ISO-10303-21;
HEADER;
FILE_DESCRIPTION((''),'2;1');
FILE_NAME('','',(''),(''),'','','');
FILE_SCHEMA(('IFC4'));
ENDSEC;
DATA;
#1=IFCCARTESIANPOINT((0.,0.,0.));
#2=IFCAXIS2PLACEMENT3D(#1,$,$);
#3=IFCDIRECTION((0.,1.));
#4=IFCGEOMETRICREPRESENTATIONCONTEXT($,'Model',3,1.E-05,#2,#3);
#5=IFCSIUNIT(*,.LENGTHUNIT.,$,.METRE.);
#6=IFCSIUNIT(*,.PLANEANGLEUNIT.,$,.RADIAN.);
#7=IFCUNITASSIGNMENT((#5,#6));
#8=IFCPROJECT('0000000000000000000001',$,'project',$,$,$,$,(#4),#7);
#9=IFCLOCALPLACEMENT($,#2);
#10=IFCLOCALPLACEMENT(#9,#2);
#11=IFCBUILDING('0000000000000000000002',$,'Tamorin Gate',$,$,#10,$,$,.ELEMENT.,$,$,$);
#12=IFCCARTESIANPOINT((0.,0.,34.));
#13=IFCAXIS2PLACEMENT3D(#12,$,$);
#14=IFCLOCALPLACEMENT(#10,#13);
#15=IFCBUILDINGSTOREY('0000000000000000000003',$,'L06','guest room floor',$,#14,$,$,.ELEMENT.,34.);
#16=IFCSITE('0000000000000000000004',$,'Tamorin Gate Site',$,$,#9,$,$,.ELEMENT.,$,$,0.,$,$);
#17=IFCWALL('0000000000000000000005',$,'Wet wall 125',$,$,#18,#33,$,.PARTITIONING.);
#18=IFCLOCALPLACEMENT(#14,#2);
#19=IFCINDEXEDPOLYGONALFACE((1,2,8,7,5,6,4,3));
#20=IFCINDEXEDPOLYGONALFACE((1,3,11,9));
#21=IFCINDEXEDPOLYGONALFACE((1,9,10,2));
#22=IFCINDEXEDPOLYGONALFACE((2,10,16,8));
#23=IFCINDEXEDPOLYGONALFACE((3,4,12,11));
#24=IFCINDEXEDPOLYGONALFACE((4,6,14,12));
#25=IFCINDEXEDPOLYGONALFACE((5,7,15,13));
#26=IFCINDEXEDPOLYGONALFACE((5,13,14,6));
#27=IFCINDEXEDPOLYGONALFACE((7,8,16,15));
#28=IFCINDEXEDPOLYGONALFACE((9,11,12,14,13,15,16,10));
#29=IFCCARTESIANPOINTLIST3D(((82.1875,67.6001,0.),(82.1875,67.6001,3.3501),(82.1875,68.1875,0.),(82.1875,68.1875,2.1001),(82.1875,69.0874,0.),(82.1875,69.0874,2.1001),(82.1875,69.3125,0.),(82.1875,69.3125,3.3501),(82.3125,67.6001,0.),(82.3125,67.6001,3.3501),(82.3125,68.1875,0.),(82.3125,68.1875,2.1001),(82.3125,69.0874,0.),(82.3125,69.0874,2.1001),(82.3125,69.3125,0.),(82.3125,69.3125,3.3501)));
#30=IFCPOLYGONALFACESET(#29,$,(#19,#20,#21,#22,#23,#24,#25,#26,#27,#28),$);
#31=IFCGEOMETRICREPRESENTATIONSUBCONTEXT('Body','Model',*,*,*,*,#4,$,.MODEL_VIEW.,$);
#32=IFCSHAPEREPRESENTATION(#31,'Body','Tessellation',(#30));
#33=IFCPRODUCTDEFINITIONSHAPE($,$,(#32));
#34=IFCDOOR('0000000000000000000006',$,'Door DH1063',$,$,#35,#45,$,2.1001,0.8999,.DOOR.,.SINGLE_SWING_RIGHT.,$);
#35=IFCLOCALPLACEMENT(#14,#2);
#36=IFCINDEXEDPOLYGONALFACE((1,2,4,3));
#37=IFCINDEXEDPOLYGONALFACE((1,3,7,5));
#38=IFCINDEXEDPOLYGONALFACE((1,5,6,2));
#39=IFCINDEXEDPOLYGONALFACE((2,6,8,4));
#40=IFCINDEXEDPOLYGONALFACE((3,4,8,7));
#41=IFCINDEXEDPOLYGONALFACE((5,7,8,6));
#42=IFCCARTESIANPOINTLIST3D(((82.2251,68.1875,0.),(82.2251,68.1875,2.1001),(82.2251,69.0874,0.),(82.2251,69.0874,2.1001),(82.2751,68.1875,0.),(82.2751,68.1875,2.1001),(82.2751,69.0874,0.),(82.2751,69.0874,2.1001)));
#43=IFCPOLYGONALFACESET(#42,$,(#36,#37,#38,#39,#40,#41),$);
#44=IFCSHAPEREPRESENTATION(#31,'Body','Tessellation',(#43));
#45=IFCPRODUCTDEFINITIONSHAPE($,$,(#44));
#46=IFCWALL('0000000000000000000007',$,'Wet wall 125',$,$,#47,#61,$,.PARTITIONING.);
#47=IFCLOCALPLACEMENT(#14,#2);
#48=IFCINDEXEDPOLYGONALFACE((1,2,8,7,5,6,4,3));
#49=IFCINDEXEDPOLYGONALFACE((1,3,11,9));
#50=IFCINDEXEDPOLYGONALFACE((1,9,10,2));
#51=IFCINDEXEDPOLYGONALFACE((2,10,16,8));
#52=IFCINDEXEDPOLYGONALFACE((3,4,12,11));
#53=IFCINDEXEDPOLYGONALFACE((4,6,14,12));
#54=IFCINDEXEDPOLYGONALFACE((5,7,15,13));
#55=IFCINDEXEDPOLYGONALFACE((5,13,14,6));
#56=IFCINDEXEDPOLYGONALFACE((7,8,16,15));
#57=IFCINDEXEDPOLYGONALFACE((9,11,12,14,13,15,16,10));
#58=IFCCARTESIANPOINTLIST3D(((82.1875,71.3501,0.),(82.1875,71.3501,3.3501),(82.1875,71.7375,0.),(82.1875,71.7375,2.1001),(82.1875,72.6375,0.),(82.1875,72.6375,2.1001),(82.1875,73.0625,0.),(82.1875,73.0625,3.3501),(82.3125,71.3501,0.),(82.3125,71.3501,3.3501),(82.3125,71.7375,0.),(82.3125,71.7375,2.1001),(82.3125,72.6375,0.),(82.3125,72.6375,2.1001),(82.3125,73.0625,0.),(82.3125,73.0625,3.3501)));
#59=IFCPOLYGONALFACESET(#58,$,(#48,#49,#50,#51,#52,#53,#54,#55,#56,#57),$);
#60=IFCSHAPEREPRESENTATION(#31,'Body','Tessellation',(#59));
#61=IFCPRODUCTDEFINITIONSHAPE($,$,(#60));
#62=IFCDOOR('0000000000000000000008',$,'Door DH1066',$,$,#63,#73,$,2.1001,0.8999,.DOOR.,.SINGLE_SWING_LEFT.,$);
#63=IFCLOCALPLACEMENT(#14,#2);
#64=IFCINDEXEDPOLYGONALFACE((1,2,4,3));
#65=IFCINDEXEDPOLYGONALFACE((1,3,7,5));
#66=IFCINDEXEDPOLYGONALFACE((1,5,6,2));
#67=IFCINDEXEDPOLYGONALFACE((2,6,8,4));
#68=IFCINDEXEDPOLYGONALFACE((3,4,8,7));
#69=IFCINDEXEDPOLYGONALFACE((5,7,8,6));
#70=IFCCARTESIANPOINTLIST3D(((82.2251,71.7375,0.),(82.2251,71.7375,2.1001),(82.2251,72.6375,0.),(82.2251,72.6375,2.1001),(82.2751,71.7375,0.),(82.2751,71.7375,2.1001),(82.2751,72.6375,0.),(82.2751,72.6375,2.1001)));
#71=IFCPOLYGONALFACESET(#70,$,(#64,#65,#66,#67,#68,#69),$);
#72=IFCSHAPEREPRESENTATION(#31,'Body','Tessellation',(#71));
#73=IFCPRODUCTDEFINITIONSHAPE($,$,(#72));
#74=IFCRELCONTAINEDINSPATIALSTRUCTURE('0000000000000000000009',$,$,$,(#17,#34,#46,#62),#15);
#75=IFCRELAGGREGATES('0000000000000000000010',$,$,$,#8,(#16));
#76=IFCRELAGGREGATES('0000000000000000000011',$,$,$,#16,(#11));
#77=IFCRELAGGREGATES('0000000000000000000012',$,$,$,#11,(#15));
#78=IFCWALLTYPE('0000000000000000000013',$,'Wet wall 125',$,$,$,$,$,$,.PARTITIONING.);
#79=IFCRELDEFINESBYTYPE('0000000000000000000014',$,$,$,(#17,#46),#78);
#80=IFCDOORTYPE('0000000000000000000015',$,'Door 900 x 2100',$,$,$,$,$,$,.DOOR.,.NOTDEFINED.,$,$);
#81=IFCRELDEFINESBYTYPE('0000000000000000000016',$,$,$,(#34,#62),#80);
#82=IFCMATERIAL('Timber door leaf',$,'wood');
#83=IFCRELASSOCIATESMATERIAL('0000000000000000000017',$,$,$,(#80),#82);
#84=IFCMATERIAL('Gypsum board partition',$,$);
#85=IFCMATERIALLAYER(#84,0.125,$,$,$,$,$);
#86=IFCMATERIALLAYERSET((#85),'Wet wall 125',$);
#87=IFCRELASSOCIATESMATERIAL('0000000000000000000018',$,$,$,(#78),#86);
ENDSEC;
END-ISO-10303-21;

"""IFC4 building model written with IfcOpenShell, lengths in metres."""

from ifc_helpers import new_model, si_unit, direction, frame, frame_2d, origin, place, context, subcontext, project, spatial, rectangle, extrude, material, layer, layer_set, type_object, element, fill, save


model = new_model("IFC4")

# Units and contexts
model_context = context("Model", 3, precision=1e-05, world=origin(), true_north=direction((0.0, 1.0)))
body_context = subcontext(model_context, "Body", "Model", "MODEL_VIEW")
ifc_project = project(units=[si_unit("LENGTHUNIT", "METRE"), si_unit("PLANEANGLEUNIT", "RADIAN")], contexts=[model_context])

# Site, building, storey
site_placement = place(None, origin())
site = spatial("IfcSite", under=ifc_project, at=site_placement, Name="Tamorin Gate Site", CompositionType="ELEMENT", RefElevation=0.0)
building_placement = place(site_placement, origin())
building = spatial("IfcBuilding", under=site, at=building_placement, Name="Tamorin Gate", CompositionType="ELEMENT")
storey_placement = place(building_placement, frame((0.0, 0.0, 34.0)))
storey = spatial("IfcBuildingStorey", under=building, at=storey_placement, Name="L06", Description="guest room floor", CompositionType="ELEMENT", Elevation=34.0)

# Shared definitions
ifc_material_1 = material(Name="Gypsum board partition")

# Shared definitions
ifc_material_2 = material(Name="Timber door leaf", Category="wood")
door_type_1 = type_object("IfcDoorType", Name="Door 900 x 2100", OperationType="NOTDEFINED", PredefinedType="DOOR", material=ifc_material_2)

# Shared definitions
ifc_layer_1 = layer(ifc_material_1, 0.125)
ifc_layer_set_1 = layer_set([ifc_layer_1], Name="Wet wall 125")
wall_type_1 = type_object("IfcWallType", Name="Wet wall 125", PredefinedType="PARTITIONING", material=ifc_layer_set_1)

# Walls, openings, doors
wall_1_placement = place(storey_placement, frame((82.25, 67.6001, 0.0), z_axis=(0.0, 0.0, 1.0), x_axis=(0.0, 1.0, 0.0)))
wall_1 = element("IfcWall", 1, at=wall_1_placement, inside=storey, type_object=wall_type_1, Name="Wet wall 125", PredefinedType="PARTITIONING", context=body_context, shape_type="SweptSolid", body=[
    extrude(rectangle(XDim=1.7124, YDim=0.125, at=frame_2d((0.8562, 0.0))), origin(), (0.0, 0.0, 1.0), 3.3501),
])
opening_1_placement = place(wall_1_placement, frame((0.5874, 0.0, 0.0)))
opening_1 = element("IfcOpeningElement", 2, at=opening_1_placement, cuts=wall_1, PredefinedType="OPENING", context=body_context, shape_type="SweptSolid", body=[
    extrude(rectangle(XDim=0.8999, YDim=2.1001, at=frame_2d((0.45, 1.05))), frame((0.0, 0.0725, 0.0), z_axis=(0.0, -1.0, 0.0), x_axis=(1.0, 0.0, 0.0)), (0.0, 0.0, 1.0), 0.145),
])
door_1_placement = place(opening_1_placement, origin())
door_1 = element("IfcDoor", 3, at=door_1_placement, inside=storey, type_object=door_type_1, Name="Door DH1063", OperationType="SINGLE_SWING_RIGHT", OverallHeight=2.1001, OverallWidth=0.8999, PredefinedType="DOOR", context=body_context, shape_type="SweptSolid", body=[
    extrude(rectangle(XDim=0.8999, YDim=2.1001, at=frame_2d((0.45, 1.05))), frame((0.0, 0.0249, 0.0), z_axis=(0.0, -1.0, 0.0), x_axis=(1.0, 0.0, 0.0)), (0.0, 0.0, 1.0), 0.05),
])
fill(opening_1, door_1)
wall_2_placement = place(storey_placement, frame((82.25, 71.3501, 0.0), z_axis=(0.0, 0.0, 1.0), x_axis=(0.0, 1.0, 0.0)))
wall_2 = element("IfcWall", 4, at=wall_2_placement, inside=storey, type_object=wall_type_1, Name="Wet wall 125", PredefinedType="PARTITIONING", context=body_context, shape_type="SweptSolid", body=[
    extrude(rectangle(XDim=1.7124, YDim=0.125, at=frame_2d((0.8562, 0.0))), origin(), (0.0, 0.0, 1.0), 3.3501),
])
opening_2_placement = place(wall_2_placement, frame((0.3875, 0.0, 0.0)))
opening_2 = element("IfcOpeningElement", 5, at=opening_2_placement, cuts=wall_2, PredefinedType="OPENING", context=body_context, shape_type="SweptSolid", body=[
    extrude(rectangle(XDim=0.8999, YDim=2.1001, at=frame_2d((0.45, 1.05))), frame((0.0, 0.0725, 0.0), z_axis=(0.0, -1.0, 0.0), x_axis=(1.0, 0.0, 0.0)), (0.0, 0.0, 1.0), 0.145),
])
door_2_placement = place(opening_2_placement, origin())
door_2 = element("IfcDoor", 6, at=door_2_placement, inside=storey, type_object=door_type_1, Name="Door DH1066", OperationType="SINGLE_SWING_LEFT", OverallHeight=2.1001, OverallWidth=0.8999, PredefinedType="DOOR", context=body_context, shape_type="SweptSolid", body=[
    extrude(rectangle(XDim=0.8999, YDim=2.1001, at=frame_2d((0.45, 1.05))), frame((0.0, 0.0249, 0.0), z_axis=(0.0, -1.0, 0.0), x_axis=(1.0, 0.0, 0.0)), (0.0, 0.0, 1.0), 0.05),
])
fill(opening_2, door_2)

save(model, "model.ifc")
